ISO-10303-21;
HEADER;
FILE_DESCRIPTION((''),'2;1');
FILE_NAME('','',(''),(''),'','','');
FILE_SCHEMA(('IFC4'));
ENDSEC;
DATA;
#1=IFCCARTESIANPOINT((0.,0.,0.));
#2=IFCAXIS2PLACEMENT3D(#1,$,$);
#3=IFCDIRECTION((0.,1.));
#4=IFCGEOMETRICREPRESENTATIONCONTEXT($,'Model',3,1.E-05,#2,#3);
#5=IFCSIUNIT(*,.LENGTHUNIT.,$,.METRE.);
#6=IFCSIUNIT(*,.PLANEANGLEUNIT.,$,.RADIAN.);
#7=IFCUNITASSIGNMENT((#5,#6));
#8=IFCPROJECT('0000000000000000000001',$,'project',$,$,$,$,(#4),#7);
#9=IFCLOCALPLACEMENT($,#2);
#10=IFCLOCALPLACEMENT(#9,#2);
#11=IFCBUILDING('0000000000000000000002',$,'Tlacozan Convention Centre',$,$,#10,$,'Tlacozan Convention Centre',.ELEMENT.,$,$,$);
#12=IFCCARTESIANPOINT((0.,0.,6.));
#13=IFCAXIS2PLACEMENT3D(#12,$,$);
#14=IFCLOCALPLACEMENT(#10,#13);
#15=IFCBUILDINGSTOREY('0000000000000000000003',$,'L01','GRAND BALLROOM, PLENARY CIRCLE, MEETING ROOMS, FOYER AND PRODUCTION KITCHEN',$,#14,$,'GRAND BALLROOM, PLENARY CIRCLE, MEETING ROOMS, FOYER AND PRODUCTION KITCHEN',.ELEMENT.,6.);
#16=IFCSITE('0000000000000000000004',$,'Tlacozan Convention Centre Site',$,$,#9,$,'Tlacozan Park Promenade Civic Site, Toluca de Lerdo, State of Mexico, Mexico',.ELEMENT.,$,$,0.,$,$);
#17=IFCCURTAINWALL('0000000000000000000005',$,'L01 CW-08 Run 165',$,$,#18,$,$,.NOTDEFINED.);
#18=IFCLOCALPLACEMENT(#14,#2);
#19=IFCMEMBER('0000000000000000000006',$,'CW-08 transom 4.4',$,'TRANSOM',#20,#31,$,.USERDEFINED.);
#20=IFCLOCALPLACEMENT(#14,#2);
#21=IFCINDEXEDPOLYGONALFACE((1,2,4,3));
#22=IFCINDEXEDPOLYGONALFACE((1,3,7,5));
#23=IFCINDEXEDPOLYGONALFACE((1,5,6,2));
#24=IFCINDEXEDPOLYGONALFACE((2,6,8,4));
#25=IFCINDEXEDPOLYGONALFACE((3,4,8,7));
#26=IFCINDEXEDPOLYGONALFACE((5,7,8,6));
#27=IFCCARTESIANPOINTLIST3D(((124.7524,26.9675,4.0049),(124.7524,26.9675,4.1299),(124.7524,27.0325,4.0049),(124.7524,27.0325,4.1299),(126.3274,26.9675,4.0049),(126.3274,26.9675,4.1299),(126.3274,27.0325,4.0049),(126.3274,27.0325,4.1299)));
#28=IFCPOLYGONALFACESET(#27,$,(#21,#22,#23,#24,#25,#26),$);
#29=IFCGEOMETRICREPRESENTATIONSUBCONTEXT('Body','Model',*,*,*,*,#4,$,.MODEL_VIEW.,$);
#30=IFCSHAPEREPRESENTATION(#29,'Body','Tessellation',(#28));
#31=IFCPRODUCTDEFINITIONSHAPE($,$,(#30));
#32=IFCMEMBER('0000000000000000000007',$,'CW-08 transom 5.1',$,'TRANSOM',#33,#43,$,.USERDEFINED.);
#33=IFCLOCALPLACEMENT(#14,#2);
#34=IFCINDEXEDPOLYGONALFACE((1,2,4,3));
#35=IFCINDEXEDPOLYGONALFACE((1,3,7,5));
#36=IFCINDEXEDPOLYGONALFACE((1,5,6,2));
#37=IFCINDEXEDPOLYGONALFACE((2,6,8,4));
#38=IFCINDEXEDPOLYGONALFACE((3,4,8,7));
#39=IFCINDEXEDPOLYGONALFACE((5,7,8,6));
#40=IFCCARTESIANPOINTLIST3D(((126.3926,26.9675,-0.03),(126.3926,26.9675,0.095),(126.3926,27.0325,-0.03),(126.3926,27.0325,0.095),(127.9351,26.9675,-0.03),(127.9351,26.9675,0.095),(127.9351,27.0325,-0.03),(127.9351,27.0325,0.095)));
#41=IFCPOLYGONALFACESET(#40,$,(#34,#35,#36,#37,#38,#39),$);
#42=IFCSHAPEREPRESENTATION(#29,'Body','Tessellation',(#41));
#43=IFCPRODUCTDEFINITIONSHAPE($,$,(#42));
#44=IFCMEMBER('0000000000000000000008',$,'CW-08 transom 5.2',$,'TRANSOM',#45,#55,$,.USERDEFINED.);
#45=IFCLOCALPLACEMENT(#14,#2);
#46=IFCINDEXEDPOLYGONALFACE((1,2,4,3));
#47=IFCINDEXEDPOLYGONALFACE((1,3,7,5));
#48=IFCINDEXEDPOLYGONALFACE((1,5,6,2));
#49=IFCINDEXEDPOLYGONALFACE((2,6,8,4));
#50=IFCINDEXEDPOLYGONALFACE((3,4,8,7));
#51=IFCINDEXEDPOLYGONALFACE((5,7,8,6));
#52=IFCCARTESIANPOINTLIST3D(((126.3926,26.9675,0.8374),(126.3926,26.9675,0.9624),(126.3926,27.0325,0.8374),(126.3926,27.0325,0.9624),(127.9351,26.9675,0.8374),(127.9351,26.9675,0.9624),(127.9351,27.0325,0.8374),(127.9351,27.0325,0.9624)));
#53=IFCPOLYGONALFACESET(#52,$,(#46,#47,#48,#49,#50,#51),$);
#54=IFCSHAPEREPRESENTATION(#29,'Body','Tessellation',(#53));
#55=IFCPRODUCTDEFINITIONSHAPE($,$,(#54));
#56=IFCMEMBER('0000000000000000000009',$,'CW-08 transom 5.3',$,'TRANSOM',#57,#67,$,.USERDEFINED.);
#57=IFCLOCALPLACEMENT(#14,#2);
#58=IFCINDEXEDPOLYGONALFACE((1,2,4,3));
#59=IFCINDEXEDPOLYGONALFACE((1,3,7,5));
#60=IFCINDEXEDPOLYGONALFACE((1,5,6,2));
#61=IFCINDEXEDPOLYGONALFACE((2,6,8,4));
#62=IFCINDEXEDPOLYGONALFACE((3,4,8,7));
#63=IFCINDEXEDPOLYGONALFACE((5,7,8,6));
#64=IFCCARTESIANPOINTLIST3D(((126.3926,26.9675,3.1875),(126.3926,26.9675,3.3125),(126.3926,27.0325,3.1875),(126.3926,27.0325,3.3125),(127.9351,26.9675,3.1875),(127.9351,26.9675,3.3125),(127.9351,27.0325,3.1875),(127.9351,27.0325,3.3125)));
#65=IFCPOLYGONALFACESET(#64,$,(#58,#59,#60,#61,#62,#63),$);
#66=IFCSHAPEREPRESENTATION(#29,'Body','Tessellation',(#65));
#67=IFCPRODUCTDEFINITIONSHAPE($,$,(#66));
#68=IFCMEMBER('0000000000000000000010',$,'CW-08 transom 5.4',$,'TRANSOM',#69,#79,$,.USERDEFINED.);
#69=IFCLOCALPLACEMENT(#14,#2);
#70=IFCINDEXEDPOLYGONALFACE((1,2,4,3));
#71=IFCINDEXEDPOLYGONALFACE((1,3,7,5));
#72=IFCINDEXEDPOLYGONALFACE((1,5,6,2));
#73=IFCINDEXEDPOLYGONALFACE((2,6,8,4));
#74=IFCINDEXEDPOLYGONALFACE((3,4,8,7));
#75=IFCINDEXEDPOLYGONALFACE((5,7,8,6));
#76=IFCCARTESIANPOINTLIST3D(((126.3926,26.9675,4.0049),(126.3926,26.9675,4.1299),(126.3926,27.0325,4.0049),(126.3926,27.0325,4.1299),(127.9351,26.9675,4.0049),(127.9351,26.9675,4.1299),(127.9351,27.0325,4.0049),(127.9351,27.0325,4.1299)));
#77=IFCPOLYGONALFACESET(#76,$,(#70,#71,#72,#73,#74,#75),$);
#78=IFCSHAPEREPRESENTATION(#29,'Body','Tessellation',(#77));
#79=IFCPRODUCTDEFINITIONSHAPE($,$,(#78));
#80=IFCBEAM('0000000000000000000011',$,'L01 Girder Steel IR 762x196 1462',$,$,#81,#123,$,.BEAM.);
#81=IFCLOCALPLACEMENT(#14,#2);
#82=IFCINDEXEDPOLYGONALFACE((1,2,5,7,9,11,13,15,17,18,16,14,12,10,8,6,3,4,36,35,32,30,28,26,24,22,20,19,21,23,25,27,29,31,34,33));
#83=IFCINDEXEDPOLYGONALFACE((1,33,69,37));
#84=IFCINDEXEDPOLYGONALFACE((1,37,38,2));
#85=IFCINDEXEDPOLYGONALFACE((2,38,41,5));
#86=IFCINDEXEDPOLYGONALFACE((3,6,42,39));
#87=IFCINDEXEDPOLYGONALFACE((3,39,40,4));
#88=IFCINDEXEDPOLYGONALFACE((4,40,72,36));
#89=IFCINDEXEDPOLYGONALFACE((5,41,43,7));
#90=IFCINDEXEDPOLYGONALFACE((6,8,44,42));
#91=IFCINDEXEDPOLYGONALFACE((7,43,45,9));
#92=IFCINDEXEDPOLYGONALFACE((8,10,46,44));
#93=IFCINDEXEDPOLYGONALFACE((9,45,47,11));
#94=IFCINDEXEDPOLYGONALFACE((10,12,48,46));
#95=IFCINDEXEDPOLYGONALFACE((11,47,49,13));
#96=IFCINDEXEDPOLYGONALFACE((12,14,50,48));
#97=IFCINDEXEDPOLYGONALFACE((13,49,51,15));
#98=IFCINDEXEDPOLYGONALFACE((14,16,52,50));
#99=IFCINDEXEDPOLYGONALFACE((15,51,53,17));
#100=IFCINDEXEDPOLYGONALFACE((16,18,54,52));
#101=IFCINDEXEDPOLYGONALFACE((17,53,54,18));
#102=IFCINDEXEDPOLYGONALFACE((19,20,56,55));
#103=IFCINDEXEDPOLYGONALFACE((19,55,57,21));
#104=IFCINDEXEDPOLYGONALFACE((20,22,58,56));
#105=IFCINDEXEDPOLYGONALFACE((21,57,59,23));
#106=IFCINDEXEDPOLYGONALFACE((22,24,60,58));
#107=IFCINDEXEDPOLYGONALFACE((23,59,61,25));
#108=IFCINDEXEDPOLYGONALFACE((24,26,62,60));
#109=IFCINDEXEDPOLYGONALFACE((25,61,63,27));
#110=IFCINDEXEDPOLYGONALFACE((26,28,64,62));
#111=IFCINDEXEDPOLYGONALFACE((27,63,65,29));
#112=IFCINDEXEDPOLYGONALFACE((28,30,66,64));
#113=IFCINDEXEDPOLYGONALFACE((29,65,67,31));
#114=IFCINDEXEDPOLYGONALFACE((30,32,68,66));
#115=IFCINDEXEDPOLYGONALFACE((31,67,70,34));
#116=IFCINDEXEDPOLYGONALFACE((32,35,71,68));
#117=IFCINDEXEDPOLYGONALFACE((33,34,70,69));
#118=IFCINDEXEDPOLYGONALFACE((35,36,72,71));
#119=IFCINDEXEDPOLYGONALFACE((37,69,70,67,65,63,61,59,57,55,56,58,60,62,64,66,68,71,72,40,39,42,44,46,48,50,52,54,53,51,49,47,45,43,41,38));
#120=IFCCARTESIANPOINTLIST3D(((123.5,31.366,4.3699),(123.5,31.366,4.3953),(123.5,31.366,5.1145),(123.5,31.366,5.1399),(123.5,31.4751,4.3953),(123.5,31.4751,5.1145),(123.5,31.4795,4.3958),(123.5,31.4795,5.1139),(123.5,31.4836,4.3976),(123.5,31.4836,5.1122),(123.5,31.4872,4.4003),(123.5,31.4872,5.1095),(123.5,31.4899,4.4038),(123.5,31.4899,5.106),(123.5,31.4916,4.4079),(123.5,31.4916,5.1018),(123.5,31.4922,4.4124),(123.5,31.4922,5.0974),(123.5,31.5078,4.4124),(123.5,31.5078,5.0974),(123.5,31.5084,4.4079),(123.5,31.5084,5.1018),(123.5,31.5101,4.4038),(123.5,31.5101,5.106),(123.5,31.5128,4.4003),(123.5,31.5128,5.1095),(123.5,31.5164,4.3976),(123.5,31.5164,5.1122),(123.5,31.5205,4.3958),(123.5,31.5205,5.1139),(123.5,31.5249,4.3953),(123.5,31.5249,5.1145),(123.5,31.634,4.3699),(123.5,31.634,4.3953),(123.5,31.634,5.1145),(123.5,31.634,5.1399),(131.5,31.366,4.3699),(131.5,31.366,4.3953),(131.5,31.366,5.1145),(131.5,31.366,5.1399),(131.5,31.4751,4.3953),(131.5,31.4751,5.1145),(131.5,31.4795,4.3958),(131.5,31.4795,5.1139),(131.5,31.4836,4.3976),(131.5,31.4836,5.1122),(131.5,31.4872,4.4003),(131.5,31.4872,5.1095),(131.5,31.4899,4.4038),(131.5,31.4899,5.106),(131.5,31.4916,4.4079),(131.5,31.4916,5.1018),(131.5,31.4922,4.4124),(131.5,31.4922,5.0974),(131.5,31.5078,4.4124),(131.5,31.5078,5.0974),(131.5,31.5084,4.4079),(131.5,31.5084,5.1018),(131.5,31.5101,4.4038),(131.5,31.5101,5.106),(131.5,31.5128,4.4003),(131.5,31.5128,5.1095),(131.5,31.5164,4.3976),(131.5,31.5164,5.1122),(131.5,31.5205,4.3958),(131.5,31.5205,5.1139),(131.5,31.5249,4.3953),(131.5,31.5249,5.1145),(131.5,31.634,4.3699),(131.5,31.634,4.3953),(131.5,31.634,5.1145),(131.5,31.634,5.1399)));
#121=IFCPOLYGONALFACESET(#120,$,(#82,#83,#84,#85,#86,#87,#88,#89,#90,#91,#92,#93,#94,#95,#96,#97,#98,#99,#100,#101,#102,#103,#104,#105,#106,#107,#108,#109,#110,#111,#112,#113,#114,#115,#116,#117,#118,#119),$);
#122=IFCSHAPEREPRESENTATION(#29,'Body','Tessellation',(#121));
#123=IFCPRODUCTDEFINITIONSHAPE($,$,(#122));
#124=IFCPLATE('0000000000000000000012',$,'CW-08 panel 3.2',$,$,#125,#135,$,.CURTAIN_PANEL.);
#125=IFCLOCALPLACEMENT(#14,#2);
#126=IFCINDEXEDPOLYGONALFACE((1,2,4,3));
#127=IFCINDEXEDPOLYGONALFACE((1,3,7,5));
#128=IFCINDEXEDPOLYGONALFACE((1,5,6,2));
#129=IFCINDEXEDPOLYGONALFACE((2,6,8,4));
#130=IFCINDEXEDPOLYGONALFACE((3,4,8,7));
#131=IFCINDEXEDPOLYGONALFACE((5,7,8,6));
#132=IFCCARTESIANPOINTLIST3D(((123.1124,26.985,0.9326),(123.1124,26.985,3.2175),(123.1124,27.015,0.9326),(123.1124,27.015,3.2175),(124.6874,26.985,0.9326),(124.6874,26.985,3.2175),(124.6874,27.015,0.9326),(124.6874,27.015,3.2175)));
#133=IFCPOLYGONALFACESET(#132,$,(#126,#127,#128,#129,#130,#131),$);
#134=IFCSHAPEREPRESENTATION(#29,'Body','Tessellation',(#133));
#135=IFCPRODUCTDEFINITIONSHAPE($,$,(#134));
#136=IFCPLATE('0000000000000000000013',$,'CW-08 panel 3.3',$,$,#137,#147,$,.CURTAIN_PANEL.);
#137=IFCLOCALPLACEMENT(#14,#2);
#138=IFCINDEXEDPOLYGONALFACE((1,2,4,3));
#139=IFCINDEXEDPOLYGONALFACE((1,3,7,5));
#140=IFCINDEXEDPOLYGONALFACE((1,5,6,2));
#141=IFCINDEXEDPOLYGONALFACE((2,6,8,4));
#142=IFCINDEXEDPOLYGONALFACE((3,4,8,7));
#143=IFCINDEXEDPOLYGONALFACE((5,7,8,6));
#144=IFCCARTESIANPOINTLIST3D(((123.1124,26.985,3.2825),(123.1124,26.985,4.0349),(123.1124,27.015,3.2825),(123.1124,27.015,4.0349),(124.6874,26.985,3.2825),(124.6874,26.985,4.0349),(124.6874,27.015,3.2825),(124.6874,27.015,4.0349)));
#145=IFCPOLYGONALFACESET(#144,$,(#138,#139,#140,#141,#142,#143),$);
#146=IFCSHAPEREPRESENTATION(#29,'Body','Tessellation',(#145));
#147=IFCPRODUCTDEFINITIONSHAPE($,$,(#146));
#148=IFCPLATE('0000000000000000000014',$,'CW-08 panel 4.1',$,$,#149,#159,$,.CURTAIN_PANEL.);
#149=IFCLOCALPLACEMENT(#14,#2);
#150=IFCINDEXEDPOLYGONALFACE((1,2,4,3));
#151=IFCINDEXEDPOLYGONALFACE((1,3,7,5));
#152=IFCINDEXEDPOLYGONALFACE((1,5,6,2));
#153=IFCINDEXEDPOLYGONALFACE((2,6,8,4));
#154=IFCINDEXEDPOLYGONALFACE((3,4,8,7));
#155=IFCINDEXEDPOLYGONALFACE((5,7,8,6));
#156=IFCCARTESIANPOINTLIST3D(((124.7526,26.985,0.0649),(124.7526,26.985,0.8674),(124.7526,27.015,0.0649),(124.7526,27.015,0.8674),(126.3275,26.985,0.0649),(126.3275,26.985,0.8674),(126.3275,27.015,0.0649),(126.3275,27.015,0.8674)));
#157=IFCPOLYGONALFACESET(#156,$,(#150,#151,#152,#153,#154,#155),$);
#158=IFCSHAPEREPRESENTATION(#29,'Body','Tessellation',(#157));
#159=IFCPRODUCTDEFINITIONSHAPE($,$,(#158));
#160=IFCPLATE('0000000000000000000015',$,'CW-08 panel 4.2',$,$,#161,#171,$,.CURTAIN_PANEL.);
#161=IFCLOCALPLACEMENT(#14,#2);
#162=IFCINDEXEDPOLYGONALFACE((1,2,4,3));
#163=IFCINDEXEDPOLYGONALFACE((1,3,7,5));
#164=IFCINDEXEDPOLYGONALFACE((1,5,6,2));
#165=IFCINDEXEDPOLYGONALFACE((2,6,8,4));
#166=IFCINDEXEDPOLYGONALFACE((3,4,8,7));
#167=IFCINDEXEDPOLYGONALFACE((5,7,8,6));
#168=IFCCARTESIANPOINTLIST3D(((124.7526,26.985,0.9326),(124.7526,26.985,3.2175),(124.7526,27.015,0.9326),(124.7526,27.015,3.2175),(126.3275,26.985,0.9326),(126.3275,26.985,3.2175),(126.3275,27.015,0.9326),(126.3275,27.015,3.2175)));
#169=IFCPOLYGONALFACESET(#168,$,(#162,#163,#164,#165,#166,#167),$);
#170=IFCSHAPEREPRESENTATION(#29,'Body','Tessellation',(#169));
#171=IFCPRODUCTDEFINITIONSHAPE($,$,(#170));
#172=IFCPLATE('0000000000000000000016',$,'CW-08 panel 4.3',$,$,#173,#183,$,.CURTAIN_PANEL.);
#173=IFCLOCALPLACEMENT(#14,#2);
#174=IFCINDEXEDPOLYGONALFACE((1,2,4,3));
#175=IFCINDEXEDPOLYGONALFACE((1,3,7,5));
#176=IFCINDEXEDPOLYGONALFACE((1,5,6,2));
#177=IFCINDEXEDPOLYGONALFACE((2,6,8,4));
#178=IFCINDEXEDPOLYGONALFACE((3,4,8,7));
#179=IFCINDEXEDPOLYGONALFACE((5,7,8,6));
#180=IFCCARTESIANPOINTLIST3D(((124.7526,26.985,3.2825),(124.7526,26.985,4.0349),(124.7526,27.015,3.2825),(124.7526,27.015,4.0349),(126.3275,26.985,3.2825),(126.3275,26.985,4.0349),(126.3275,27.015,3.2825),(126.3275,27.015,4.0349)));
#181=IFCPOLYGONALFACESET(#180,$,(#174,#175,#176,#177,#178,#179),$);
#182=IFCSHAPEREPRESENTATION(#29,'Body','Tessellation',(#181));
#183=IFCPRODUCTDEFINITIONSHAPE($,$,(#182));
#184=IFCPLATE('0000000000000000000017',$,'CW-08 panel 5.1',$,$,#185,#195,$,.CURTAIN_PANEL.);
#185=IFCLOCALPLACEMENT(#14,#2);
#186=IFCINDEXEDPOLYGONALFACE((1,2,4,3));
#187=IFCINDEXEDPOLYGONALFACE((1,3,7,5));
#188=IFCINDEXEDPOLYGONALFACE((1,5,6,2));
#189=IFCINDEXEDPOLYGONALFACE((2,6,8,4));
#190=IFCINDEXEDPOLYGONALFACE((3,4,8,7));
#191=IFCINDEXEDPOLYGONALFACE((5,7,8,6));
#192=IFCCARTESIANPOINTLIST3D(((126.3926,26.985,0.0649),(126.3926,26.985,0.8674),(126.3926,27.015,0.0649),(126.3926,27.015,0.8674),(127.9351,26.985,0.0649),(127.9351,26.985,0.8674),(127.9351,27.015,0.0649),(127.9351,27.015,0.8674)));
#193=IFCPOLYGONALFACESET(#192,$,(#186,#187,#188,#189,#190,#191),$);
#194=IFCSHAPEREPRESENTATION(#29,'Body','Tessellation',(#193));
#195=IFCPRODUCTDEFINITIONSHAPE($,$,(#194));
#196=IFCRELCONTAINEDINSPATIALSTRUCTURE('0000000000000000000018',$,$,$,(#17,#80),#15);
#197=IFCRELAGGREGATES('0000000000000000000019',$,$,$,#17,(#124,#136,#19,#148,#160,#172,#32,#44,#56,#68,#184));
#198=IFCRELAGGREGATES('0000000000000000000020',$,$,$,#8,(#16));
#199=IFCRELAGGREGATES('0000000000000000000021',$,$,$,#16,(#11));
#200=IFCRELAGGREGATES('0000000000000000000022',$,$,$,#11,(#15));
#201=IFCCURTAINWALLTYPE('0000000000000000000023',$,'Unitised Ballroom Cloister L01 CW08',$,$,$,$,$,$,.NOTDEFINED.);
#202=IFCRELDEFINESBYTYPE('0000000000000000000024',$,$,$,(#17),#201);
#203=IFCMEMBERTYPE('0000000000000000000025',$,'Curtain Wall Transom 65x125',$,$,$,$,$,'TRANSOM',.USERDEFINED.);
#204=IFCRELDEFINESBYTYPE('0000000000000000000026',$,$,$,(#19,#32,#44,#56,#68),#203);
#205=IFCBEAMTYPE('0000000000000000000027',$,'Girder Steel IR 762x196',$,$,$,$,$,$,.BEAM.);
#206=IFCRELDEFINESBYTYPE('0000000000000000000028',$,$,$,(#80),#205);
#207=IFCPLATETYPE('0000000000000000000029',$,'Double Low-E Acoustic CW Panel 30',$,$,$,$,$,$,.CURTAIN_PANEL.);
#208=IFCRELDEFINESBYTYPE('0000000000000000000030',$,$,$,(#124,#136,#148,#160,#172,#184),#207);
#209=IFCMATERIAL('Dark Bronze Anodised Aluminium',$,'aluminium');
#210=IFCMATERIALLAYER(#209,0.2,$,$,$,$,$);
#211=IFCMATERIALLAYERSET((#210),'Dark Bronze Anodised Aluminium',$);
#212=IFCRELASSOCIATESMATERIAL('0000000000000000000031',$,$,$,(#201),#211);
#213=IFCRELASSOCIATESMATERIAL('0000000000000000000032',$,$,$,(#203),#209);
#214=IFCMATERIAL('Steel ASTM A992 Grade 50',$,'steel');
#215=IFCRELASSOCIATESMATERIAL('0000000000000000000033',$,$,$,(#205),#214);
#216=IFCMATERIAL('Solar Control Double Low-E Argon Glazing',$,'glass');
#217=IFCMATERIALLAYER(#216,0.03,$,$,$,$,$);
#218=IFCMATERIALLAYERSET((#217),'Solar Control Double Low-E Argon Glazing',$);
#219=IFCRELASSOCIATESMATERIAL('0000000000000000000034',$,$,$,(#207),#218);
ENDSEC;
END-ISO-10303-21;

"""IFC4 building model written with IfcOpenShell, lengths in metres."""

from ifc_helpers import new_model, si_unit, direction, frame, origin, origin_2d, place, context, subcontext, project, spatial, rectangle, i_section, extrude, material, layer, layer_set, material_profile, profile_set, type_object, element, aggregate, save


model = new_model("IFC4")

# Units and contexts
model_context = context("Model", 3, precision=1e-05, world=origin(), true_north=direction((0.0, 1.0)))
body_context = subcontext(model_context, "Body", "Model", "MODEL_VIEW")
ifc_project = project(units=[si_unit("LENGTHUNIT", "METRE"), si_unit("PLANEANGLEUNIT", "RADIAN")], contexts=[model_context])

# Site, building, storey
site_placement = place(None, origin())
site = spatial("IfcSite", under=ifc_project, at=site_placement, Name="Tlacozan Convention Centre Site", LongName="Tlacozan Park Promenade Civic Site, Toluca de Lerdo, State of Mexico, Mexico", CompositionType="ELEMENT", RefElevation=0.0)
building_placement = place(site_placement, origin())
building = spatial("IfcBuilding", under=site, at=building_placement, Name="Tlacozan Convention Centre", LongName="Tlacozan Convention Centre", CompositionType="ELEMENT")
storey_placement = place(building_placement, frame((0.0, 0.0, 6.0)))
storey = spatial("IfcBuildingStorey", under=building, at=storey_placement, Name="L01", Description="GRAND BALLROOM, PLENARY CIRCLE, MEETING ROOMS, FOYER AND PRODUCTION KITCHEN", LongName="GRAND BALLROOM, PLENARY CIRCLE, MEETING ROOMS, FOYER AND PRODUCTION KITCHEN", CompositionType="ELEMENT", Elevation=6.0)

# Shared definitions
ifc_material_1 = material(Name="Steel ASTM A992 Grade 50", Category="steel")

# Curtain wall
ifc_material_2 = material(Name="Dark Bronze Anodised Aluminium", Category="aluminium")
ifc_layer_1 = layer(ifc_material_2, 0.2)
ifc_layer_set_1 = layer_set([ifc_layer_1], Name="Dark Bronze Anodised Aluminium")
curtain_wall_type = type_object("IfcCurtainWallType", Name="Unitised Ballroom Cloister L01 CW08", PredefinedType="NOTDEFINED", material=ifc_layer_set_1)
curtain_wall_1_placement = place(storey_placement, origin())
curtain_wall_1 = element("IfcCurtainWall", 1, at=curtain_wall_1_placement, inside=storey, type_object=curtain_wall_type, Name="L01 CW-08 Run 165", PredefinedType="NOTDEFINED")

# Members
ifc_material_profile_1 = material_profile(ifc_material_2, rectangle(XDim=0.0649, YDim=0.125, at=origin_2d()), Name="ALU 65x125")
ifc_profile_set_1 = profile_set([ifc_material_profile_1], Name="Dark Bronze Anodised Aluminium")
member_type_1 = type_object("IfcMemberType", Name="Curtain Wall Transom 65x125", ElementType="TRANSOM", PredefinedType="USERDEFINED", material=ifc_profile_set_1)
member_1_placement = place(storey_placement, frame((124.7524, 27.0, 4.0674), z_axis=(1.0, 0.0, 0.0), x_axis=(0.0, 1.0, 0.0)))
member_1 = element("IfcMember", 2, at=member_1_placement, type_object=member_type_1, Name="CW-08 transom 4.4", ObjectType="TRANSOM", PredefinedType="USERDEFINED", context=body_context, shape_type="SweptSolid", body=[
    extrude(rectangle(XDim=0.0649, YDim=0.125, at=origin_2d()), origin(), (0.0, 0.0, 1.0), 1.575),
])
member_2_placement = place(storey_placement, frame((126.3926, 27.0, 0.0325), z_axis=(1.0, 0.0, 0.0), x_axis=(0.0, 1.0, 0.0)))
member_2 = element("IfcMember", 3, at=member_2_placement, type_object=member_type_1, Name="CW-08 transom 5.1", ObjectType="TRANSOM", PredefinedType="USERDEFINED", context=body_context, shape_type="SweptSolid", body=[
    extrude(rectangle(XDim=0.0649, YDim=0.125, at=origin_2d()), origin(), (0.0, 0.0, 1.0), 1.5425),
])
member_3_placement = place(storey_placement, frame((126.3926, 27.0, 0.8999), z_axis=(1.0, 0.0, 0.0), x_axis=(0.0, 1.0, 0.0)))
member_3 = element("IfcMember", 4, at=member_3_placement, type_object=member_type_1, Name="CW-08 transom 5.2", ObjectType="TRANSOM", PredefinedType="USERDEFINED", context=body_context, shape_type="SweptSolid", body=[
    extrude(rectangle(XDim=0.0649, YDim=0.125, at=origin_2d()), origin(), (0.0, 0.0, 1.0), 1.5425),
])
member_4_placement = place(storey_placement, frame((126.3926, 27.0, 3.25), z_axis=(1.0, 0.0, 0.0), x_axis=(0.0, 1.0, 0.0)))
member_4 = element("IfcMember", 5, at=member_4_placement, type_object=member_type_1, Name="CW-08 transom 5.3", ObjectType="TRANSOM", PredefinedType="USERDEFINED", context=body_context, shape_type="SweptSolid", body=[
    extrude(rectangle(XDim=0.0649, YDim=0.125, at=origin_2d()), origin(), (0.0, 0.0, 1.0), 1.5425),
])
member_5_placement = place(storey_placement, frame((126.3926, 27.0, 4.0674), z_axis=(1.0, 0.0, 0.0), x_axis=(0.0, 1.0, 0.0)))
member_5 = element("IfcMember", 6, at=member_5_placement, type_object=member_type_1, Name="CW-08 transom 5.4", ObjectType="TRANSOM", PredefinedType="USERDEFINED", context=body_context, shape_type="SweptSolid", body=[
    extrude(rectangle(XDim=0.0649, YDim=0.125, at=origin_2d()), origin(), (0.0, 0.0, 1.0), 1.5425),
])

# Beam
ifc_material_profile_2 = material_profile(ifc_material_1, i_section(OverallWidth=0.2681, OverallDepth=0.77, WebThickness=0.0156, FlangeThickness=0.0254, FilletRadius=0.0171, at=origin_2d()), Name="IR 762x196.0")
ifc_profile_set_2 = profile_set([ifc_material_profile_2], Name="Steel ASTM A992 Grade 50")
beam_type_1 = type_object("IfcBeamType", Name="Girder Steel IR 762x196", PredefinedType="BEAM", material=ifc_profile_set_2)
beam_1_placement = place(storey_placement, frame((123.5, 31.5, 4.7549), z_axis=(1.0, 0.0, 0.0), x_axis=(0.0, 1.0, 0.0)))
element("IfcBeam", 7, at=beam_1_placement, inside=storey, type_object=beam_type_1, Name="L01 Girder Steel IR 762x196 1462", PredefinedType="BEAM", context=body_context, shape_type="SweptSolid", body=[
    extrude(i_section(OverallWidth=0.2681, OverallDepth=0.77, WebThickness=0.0156, FlangeThickness=0.0254, FilletRadius=0.0171, at=origin_2d()), origin(), (0.0, 0.0, 1.0), 8.0),
])

# Plates
ifc_material_3 = material(Name="Solar Control Double Low-E Argon Glazing", Category="glass")
ifc_layer_2 = layer(ifc_material_3, 0.03)
ifc_layer_set_2 = layer_set([ifc_layer_2], Name="Solar Control Double Low-E Argon Glazing")
plate_type = type_object("IfcPlateType", Name="Double Low-E Acoustic CW Panel 30", PredefinedType="CURTAIN_PANEL", material=ifc_layer_set_2)
plate_1_placement = place(storey_placement, frame((123.8999, 27.0, 0.9326), z_axis=(0.0, 0.0, 1.0), x_axis=(1.0, 0.0, 0.0)))
plate_1 = element("IfcPlate", 8, at=plate_1_placement, type_object=plate_type, Name="CW-08 panel 3.2", PredefinedType="CURTAIN_PANEL", context=body_context, shape_type="SweptSolid", body=[
    extrude(rectangle(XDim=1.575, YDim=0.03, at=origin_2d()), origin(), (0.0, 0.0, 1.0), 2.2849),
])
plate_2_placement = place(storey_placement, frame((123.8999, 27.0, 3.2825), z_axis=(0.0, 0.0, 1.0), x_axis=(1.0, 0.0, 0.0)))
plate_2 = element("IfcPlate", 9, at=plate_2_placement, type_object=plate_type, Name="CW-08 panel 3.3", PredefinedType="CURTAIN_PANEL", context=body_context, shape_type="SweptSolid", body=[
    extrude(rectangle(XDim=1.575, YDim=0.03, at=origin_2d()), origin(), (0.0, 0.0, 1.0), 0.7524),
])
plate_3_placement = place(storey_placement, frame((125.54, 27.0, 0.0649), z_axis=(0.0, 0.0, 1.0), x_axis=(1.0, 0.0, 0.0)))
plate_3 = element("IfcPlate", 10, at=plate_3_placement, type_object=plate_type, Name="CW-08 panel 4.1", PredefinedType="CURTAIN_PANEL", context=body_context, shape_type="SweptSolid", body=[
    extrude(rectangle(XDim=1.575, YDim=0.03, at=origin_2d()), origin(), (0.0, 0.0, 1.0), 0.8025),
])
plate_4_placement = place(storey_placement, frame((125.54, 27.0, 0.9326), z_axis=(0.0, 0.0, 1.0), x_axis=(1.0, 0.0, 0.0)))
plate_4 = element("IfcPlate", 11, at=plate_4_placement, type_object=plate_type, Name="CW-08 panel 4.2", PredefinedType="CURTAIN_PANEL", context=body_context, shape_type="SweptSolid", body=[
    extrude(rectangle(XDim=1.575, YDim=0.03, at=origin_2d()), origin(), (0.0, 0.0, 1.0), 2.2849),
])
plate_5_placement = place(storey_placement, frame((125.54, 27.0, 3.2825), z_axis=(0.0, 0.0, 1.0), x_axis=(1.0, 0.0, 0.0)))
plate_5 = element("IfcPlate", 12, at=plate_5_placement, type_object=plate_type, Name="CW-08 panel 4.3", PredefinedType="CURTAIN_PANEL", context=body_context, shape_type="SweptSolid", body=[
    extrude(rectangle(XDim=1.575, YDim=0.03, at=origin_2d()), origin(), (0.0, 0.0, 1.0), 0.7524),
])
plate_6_placement = place(storey_placement, frame((127.1638, 27.0, 0.0649), z_axis=(0.0, 0.0, 1.0), x_axis=(1.0, 0.0, 0.0)))
plate_6 = element("IfcPlate", 13, at=plate_6_placement, type_object=plate_type, Name="CW-08 panel 5.1", PredefinedType="CURTAIN_PANEL", context=body_context, shape_type="SweptSolid", body=[
    extrude(rectangle(XDim=1.5425, YDim=0.03, at=origin_2d()), origin(), (0.0, 0.0, 1.0), 0.8025),
])
aggregate(curtain_wall_1, [plate_1, plate_2, member_1, plate_3, plate_4, plate_5, member_2, member_3, member_4, member_5, plate_6])

save(model, "model.ifc")
